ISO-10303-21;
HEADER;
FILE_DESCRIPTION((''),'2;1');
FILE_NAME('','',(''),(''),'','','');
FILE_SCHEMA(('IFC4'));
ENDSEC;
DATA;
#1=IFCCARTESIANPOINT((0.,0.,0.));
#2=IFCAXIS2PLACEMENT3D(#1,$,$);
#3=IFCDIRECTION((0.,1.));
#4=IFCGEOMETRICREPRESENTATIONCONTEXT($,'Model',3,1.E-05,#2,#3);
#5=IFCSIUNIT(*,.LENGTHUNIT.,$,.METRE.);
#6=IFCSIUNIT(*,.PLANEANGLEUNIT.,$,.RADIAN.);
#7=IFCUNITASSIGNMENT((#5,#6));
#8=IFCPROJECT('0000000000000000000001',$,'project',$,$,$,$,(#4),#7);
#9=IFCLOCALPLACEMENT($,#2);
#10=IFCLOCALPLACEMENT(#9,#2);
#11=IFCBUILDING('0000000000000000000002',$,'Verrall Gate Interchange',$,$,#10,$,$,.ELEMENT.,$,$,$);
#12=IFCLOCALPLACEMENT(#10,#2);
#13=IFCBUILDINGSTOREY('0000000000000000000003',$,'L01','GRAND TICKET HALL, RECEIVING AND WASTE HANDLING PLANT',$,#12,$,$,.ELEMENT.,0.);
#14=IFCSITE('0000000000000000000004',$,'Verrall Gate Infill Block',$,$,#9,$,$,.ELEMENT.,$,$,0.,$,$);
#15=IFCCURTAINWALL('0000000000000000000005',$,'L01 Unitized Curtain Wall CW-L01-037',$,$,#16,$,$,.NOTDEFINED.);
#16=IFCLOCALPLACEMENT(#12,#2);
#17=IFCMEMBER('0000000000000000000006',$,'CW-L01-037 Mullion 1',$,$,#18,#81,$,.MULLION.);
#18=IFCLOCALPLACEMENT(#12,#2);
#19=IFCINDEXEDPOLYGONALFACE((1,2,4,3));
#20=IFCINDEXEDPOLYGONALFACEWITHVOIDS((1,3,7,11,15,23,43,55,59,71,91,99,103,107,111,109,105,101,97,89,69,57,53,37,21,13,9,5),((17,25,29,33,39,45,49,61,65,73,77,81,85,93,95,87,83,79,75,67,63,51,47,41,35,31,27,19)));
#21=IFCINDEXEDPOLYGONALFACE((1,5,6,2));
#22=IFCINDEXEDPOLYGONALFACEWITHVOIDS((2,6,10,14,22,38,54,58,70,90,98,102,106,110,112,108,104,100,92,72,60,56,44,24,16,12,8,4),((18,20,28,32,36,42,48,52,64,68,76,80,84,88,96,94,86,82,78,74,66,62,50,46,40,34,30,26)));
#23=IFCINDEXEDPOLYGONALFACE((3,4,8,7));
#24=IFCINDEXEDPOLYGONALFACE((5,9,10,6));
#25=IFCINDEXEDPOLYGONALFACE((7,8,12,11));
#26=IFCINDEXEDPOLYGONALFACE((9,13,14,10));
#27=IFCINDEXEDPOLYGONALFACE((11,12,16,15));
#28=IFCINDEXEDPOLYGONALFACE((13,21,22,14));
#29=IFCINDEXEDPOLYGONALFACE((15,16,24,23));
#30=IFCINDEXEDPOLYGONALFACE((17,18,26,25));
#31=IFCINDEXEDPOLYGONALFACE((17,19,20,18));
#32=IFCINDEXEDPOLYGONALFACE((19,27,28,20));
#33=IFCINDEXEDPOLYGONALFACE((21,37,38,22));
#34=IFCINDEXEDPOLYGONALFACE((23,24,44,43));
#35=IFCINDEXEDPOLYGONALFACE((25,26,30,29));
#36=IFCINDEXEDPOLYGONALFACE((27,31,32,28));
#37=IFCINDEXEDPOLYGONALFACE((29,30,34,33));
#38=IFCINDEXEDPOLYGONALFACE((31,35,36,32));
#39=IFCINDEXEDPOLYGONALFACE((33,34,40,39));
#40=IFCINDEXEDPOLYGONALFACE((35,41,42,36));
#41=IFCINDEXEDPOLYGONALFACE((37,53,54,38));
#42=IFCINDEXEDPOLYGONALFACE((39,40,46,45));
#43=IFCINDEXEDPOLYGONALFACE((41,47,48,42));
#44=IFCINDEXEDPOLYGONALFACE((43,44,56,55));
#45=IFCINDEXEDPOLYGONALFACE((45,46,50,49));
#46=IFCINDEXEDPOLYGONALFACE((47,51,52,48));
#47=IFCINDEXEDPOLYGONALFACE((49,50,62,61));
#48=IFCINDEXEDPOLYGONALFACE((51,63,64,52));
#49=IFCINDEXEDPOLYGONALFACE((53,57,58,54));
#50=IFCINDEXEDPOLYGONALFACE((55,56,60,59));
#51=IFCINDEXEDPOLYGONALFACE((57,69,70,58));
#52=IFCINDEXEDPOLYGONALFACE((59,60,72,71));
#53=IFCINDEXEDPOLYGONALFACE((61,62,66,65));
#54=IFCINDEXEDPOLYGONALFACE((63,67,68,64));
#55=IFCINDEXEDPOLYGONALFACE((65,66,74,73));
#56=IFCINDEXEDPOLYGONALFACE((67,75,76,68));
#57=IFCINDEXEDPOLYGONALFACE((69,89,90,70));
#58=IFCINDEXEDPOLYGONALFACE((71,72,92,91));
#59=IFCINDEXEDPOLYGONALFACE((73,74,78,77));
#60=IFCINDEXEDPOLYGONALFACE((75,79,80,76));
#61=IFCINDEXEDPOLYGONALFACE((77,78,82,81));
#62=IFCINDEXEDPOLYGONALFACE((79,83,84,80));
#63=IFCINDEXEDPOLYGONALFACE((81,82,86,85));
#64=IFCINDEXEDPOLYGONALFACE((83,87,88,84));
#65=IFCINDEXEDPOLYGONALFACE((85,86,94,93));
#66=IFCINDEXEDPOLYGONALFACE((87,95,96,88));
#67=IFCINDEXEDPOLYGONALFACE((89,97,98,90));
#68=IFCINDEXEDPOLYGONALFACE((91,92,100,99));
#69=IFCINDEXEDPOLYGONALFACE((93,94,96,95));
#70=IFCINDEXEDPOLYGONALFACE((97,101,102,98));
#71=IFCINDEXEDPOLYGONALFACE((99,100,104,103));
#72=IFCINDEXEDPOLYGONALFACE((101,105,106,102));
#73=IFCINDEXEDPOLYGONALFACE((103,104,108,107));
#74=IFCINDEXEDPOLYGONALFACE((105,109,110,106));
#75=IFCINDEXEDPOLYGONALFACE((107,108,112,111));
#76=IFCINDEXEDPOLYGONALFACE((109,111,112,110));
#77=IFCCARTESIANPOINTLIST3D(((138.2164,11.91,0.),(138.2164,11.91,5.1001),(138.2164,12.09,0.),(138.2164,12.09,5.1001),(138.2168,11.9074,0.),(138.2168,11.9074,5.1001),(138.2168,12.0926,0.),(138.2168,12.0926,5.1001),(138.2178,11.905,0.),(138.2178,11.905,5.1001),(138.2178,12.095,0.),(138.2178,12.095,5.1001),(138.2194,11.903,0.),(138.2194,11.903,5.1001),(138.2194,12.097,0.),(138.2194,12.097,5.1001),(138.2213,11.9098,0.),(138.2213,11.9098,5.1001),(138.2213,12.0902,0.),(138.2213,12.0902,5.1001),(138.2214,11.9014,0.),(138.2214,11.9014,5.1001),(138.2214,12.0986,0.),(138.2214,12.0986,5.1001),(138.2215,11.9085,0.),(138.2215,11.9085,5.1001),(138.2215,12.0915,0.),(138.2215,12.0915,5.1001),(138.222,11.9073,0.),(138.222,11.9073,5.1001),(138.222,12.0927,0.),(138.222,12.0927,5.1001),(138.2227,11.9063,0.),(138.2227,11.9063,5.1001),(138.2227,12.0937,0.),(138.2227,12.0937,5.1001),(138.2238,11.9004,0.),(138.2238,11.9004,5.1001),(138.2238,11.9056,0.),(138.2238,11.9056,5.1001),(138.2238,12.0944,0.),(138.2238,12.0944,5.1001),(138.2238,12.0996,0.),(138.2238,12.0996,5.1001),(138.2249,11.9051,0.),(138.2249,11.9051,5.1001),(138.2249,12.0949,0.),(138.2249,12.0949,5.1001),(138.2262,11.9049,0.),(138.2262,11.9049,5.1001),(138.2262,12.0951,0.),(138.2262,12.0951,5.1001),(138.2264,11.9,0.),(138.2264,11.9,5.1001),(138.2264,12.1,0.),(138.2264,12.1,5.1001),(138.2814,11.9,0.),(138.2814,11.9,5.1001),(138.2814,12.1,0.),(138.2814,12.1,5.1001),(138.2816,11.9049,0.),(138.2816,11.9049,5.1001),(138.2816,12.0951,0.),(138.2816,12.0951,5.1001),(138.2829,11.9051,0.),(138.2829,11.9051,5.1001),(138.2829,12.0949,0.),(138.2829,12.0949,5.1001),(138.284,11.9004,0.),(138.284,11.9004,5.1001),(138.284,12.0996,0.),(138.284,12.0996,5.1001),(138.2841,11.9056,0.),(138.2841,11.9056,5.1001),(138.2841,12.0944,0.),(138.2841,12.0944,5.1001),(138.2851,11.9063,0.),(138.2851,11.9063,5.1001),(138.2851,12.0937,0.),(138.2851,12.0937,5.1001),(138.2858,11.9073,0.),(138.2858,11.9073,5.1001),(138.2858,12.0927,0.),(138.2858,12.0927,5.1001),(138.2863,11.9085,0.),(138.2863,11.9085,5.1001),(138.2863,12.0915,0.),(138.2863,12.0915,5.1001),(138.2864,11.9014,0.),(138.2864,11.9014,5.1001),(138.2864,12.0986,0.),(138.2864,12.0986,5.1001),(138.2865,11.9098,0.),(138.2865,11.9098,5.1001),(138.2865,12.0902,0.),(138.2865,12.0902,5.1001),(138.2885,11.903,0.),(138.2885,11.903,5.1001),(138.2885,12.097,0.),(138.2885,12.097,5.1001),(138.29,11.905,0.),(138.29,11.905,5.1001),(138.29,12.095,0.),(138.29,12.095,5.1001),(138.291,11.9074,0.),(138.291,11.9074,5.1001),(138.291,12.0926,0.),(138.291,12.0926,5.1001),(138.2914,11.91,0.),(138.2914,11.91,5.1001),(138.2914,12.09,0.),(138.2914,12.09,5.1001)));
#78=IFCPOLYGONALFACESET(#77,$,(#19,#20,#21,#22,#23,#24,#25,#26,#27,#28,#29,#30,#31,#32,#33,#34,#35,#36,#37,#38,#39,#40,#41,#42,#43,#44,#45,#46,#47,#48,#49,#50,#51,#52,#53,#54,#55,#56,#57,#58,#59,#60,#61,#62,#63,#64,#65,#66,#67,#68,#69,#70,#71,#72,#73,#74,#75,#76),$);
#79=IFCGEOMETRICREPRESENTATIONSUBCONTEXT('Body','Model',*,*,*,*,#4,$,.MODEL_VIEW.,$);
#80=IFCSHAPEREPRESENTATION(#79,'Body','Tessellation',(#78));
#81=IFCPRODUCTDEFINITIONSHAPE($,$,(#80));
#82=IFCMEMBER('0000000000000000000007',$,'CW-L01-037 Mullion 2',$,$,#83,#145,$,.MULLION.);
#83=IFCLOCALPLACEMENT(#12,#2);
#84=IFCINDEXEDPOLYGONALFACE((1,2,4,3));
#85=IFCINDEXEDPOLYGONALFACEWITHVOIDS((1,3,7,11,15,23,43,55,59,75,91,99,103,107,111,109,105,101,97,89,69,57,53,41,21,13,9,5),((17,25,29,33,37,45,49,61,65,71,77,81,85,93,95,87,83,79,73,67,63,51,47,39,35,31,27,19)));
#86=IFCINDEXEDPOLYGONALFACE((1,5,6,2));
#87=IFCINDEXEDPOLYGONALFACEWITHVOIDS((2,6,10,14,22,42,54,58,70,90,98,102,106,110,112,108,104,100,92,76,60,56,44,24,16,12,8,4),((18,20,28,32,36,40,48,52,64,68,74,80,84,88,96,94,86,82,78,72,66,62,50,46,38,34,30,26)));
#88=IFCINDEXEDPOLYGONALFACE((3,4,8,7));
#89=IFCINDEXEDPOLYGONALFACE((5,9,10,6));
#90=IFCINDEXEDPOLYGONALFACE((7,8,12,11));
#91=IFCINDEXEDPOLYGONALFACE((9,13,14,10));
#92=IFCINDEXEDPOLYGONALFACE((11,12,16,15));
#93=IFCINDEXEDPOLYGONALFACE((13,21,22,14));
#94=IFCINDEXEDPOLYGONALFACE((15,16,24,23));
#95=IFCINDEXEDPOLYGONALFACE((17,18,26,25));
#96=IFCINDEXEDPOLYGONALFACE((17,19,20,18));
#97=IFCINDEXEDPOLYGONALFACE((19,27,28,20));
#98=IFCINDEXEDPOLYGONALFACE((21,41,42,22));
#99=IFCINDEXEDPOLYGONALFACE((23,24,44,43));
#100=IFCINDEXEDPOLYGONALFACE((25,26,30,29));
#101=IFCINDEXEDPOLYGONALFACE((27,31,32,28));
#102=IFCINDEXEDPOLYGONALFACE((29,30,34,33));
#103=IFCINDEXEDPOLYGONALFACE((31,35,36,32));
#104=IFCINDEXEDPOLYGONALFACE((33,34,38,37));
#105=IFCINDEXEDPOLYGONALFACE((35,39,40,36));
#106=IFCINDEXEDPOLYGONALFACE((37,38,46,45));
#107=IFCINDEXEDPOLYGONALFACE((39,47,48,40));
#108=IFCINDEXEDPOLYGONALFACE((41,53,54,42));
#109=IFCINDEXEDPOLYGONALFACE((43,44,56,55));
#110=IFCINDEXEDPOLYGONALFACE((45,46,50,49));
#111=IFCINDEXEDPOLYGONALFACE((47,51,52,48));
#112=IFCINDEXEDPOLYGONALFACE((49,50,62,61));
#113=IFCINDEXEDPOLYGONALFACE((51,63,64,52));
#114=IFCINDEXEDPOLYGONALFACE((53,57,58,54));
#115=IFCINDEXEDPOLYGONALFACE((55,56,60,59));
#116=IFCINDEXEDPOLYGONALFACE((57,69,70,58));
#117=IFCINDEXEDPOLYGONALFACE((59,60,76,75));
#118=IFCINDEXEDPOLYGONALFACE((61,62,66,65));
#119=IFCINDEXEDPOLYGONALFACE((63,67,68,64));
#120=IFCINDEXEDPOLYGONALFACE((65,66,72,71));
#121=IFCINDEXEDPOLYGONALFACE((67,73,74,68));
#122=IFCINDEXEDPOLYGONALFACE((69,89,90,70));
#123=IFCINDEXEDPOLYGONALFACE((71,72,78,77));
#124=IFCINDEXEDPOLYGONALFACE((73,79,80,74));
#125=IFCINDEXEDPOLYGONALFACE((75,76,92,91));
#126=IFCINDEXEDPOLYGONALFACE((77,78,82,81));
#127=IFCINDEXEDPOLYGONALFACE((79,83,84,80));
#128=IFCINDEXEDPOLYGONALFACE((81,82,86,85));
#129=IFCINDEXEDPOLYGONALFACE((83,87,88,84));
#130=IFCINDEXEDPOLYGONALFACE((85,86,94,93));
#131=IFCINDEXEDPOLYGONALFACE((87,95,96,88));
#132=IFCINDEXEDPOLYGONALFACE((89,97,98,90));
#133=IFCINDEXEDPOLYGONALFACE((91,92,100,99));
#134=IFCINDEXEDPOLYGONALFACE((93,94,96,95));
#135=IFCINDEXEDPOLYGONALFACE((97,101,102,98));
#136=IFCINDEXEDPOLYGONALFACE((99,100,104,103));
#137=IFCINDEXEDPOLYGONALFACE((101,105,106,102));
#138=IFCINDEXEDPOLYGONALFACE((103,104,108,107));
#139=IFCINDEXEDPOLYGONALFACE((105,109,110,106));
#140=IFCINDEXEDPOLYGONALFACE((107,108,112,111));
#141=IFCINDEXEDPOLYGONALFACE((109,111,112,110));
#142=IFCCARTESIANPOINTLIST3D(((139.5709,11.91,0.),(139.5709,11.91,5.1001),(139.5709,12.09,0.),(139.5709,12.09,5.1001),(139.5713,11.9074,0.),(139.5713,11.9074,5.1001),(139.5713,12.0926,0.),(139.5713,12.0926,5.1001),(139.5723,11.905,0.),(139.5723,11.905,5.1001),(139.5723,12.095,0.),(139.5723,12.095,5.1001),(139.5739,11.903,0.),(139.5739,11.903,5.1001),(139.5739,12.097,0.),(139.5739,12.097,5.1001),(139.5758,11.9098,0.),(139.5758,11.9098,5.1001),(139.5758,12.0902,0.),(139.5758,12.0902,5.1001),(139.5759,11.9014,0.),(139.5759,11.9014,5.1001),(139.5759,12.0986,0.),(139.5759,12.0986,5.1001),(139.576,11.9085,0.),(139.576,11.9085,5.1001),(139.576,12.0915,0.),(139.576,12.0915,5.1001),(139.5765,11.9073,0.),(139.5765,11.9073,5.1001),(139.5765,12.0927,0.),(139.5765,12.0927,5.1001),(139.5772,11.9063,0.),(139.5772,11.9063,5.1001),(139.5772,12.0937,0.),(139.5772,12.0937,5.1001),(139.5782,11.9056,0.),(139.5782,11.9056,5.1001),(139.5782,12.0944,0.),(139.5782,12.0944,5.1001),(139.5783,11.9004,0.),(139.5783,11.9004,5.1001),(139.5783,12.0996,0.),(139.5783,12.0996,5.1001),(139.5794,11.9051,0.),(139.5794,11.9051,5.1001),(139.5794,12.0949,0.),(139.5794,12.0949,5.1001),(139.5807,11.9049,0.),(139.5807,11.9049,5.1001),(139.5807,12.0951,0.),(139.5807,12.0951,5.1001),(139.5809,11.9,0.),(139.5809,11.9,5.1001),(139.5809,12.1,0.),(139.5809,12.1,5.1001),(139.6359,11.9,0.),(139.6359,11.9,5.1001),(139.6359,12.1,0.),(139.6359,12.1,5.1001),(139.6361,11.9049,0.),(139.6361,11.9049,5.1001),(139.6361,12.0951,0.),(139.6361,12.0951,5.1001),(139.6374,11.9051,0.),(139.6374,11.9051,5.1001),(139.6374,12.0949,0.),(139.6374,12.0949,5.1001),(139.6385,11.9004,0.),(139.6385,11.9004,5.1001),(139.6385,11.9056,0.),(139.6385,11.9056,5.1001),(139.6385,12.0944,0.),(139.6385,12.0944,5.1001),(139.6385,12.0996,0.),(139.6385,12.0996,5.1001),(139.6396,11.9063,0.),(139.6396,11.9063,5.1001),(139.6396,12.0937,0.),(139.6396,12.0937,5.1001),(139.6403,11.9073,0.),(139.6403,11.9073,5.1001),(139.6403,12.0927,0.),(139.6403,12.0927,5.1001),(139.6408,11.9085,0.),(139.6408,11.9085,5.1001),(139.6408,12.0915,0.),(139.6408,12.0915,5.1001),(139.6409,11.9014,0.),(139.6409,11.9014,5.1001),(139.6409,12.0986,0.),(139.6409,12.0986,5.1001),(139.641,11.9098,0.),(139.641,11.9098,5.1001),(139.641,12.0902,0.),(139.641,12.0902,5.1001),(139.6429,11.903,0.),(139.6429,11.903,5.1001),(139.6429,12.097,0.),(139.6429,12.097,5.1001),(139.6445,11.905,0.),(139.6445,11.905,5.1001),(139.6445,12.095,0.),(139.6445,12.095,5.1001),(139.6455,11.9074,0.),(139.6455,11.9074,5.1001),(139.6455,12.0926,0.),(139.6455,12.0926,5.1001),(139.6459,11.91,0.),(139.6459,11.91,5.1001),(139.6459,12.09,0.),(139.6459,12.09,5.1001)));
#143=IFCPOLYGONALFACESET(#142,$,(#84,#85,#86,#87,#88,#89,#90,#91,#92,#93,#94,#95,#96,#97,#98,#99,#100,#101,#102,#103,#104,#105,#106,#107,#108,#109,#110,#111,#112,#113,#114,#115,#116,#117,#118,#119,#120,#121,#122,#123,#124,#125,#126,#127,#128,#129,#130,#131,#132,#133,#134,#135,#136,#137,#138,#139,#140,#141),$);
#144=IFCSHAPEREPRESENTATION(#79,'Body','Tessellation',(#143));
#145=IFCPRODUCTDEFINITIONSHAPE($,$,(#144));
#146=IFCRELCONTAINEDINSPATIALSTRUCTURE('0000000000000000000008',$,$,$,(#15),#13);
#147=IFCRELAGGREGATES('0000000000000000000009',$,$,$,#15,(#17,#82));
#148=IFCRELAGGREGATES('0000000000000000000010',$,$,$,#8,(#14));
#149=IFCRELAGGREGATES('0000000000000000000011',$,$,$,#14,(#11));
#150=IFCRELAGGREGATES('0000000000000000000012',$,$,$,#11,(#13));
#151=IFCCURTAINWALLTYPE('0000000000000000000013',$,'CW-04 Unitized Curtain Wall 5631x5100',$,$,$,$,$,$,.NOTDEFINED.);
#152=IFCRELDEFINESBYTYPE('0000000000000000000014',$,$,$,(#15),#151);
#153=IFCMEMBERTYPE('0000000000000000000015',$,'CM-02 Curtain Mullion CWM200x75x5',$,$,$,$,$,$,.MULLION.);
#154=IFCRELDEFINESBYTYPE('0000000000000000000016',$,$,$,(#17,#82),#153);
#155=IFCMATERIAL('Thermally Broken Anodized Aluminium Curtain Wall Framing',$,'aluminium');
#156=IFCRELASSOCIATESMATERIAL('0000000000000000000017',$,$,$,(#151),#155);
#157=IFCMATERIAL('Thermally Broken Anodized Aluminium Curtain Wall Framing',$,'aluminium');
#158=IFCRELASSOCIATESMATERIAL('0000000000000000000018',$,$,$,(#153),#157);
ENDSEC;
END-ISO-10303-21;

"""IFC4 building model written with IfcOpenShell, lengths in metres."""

from ifc_helpers import new_model, si_unit, direction, frame, origin, origin_2d, place, context, subcontext, project, spatial, hollow_rectangle, extrude, material, material_profile, profile_set, type_object, element, aggregate, save


model = new_model("IFC4")

# Units and contexts
model_context = context("Model", 3, precision=1e-05, world=origin(), true_north=direction((0.0, 1.0)))
body_context = subcontext(model_context, "Body", "Model", "MODEL_VIEW")
ifc_project = project(units=[si_unit("LENGTHUNIT", "METRE"), si_unit("PLANEANGLEUNIT", "RADIAN")], contexts=[model_context])

# Site, building, storey
site_placement = place(None, origin())
site = spatial("IfcSite", under=ifc_project, at=site_placement, Name="Verrall Gate Infill Block", CompositionType="ELEMENT", RefElevation=0.0)
building_placement = place(site_placement, origin())
building = spatial("IfcBuilding", under=site, at=building_placement, Name="Verrall Gate Interchange", CompositionType="ELEMENT")
storey_placement = place(building_placement, origin())
storey = spatial("IfcBuildingStorey", under=building, at=storey_placement, Name="L01", Description="GRAND TICKET HALL, RECEIVING AND WASTE HANDLING PLANT", CompositionType="ELEMENT", Elevation=0.0)

# Curtain wall, members
ifc_material_1 = material(Name="Thermally Broken Anodized Aluminium Curtain Wall Framing", Category="aluminium")
curtain_wall_type = type_object("IfcCurtainWallType", Name="CW-04 Unitized Curtain Wall 5631x5100", PredefinedType="NOTDEFINED", material=ifc_material_1)
curtain_wall_placement = place(storey_placement, origin())
curtain_wall = element("IfcCurtainWall", 1, at=curtain_wall_placement, inside=storey, type_object=curtain_wall_type, Name="L01 Unitized Curtain Wall CW-L01-037", PredefinedType="NOTDEFINED")
ifc_material_2 = material(Name="Thermally Broken Anodized Aluminium Curtain Wall Framing", Category="aluminium")
ifc_material_profile_1 = material_profile(ifc_material_2, hollow_rectangle(XDim=0.075, YDim=0.2, WallThickness=0.0049, InnerFilletRadius=0.0049, OuterFilletRadius=0.01, at=origin_2d()), Name="CWM200x75x5")
ifc_profile_set_1 = profile_set([ifc_material_profile_1], Name="Thermally Broken Anodized Aluminium Curtain Wall Framing")
member_type_1 = type_object("IfcMemberType", Name="CM-02 Curtain Mullion CWM200x75x5", PredefinedType="MULLION", material=ifc_profile_set_1)
member_1_placement = place(storey_placement, frame((138.2539, 12.0, 0.0), z_axis=(0.0, 0.0, 1.0), x_axis=(1.0, 0.0, 0.0)))
member_1 = element("IfcMember", 2, at=member_1_placement, type_object=member_type_1, Name="CW-L01-037 Mullion 1", PredefinedType="MULLION", context=body_context, shape_type="SweptSolid", body=[
    extrude(hollow_rectangle(XDim=0.075, YDim=0.2, WallThickness=0.0049, InnerFilletRadius=0.0049, OuterFilletRadius=0.01, at=origin_2d()), origin(), (0.0, 0.0, 1.0), 5.1001),
])
member_2_placement = place(storey_placement, frame((139.6084, 12.0, 0.0), z_axis=(0.0, 0.0, 1.0), x_axis=(1.0, 0.0, 0.0)))
member_2 = element("IfcMember", 3, at=member_2_placement, type_object=member_type_1, Name="CW-L01-037 Mullion 2", PredefinedType="MULLION", context=body_context, shape_type="SweptSolid", body=[
    extrude(hollow_rectangle(XDim=0.075, YDim=0.2, WallThickness=0.0049, InnerFilletRadius=0.0049, OuterFilletRadius=0.01, at=origin_2d()), origin(), (0.0, 0.0, 1.0), 5.1001),
])

aggregate(curtain_wall, [member_1, member_2])

save(model, "model.ifc")
